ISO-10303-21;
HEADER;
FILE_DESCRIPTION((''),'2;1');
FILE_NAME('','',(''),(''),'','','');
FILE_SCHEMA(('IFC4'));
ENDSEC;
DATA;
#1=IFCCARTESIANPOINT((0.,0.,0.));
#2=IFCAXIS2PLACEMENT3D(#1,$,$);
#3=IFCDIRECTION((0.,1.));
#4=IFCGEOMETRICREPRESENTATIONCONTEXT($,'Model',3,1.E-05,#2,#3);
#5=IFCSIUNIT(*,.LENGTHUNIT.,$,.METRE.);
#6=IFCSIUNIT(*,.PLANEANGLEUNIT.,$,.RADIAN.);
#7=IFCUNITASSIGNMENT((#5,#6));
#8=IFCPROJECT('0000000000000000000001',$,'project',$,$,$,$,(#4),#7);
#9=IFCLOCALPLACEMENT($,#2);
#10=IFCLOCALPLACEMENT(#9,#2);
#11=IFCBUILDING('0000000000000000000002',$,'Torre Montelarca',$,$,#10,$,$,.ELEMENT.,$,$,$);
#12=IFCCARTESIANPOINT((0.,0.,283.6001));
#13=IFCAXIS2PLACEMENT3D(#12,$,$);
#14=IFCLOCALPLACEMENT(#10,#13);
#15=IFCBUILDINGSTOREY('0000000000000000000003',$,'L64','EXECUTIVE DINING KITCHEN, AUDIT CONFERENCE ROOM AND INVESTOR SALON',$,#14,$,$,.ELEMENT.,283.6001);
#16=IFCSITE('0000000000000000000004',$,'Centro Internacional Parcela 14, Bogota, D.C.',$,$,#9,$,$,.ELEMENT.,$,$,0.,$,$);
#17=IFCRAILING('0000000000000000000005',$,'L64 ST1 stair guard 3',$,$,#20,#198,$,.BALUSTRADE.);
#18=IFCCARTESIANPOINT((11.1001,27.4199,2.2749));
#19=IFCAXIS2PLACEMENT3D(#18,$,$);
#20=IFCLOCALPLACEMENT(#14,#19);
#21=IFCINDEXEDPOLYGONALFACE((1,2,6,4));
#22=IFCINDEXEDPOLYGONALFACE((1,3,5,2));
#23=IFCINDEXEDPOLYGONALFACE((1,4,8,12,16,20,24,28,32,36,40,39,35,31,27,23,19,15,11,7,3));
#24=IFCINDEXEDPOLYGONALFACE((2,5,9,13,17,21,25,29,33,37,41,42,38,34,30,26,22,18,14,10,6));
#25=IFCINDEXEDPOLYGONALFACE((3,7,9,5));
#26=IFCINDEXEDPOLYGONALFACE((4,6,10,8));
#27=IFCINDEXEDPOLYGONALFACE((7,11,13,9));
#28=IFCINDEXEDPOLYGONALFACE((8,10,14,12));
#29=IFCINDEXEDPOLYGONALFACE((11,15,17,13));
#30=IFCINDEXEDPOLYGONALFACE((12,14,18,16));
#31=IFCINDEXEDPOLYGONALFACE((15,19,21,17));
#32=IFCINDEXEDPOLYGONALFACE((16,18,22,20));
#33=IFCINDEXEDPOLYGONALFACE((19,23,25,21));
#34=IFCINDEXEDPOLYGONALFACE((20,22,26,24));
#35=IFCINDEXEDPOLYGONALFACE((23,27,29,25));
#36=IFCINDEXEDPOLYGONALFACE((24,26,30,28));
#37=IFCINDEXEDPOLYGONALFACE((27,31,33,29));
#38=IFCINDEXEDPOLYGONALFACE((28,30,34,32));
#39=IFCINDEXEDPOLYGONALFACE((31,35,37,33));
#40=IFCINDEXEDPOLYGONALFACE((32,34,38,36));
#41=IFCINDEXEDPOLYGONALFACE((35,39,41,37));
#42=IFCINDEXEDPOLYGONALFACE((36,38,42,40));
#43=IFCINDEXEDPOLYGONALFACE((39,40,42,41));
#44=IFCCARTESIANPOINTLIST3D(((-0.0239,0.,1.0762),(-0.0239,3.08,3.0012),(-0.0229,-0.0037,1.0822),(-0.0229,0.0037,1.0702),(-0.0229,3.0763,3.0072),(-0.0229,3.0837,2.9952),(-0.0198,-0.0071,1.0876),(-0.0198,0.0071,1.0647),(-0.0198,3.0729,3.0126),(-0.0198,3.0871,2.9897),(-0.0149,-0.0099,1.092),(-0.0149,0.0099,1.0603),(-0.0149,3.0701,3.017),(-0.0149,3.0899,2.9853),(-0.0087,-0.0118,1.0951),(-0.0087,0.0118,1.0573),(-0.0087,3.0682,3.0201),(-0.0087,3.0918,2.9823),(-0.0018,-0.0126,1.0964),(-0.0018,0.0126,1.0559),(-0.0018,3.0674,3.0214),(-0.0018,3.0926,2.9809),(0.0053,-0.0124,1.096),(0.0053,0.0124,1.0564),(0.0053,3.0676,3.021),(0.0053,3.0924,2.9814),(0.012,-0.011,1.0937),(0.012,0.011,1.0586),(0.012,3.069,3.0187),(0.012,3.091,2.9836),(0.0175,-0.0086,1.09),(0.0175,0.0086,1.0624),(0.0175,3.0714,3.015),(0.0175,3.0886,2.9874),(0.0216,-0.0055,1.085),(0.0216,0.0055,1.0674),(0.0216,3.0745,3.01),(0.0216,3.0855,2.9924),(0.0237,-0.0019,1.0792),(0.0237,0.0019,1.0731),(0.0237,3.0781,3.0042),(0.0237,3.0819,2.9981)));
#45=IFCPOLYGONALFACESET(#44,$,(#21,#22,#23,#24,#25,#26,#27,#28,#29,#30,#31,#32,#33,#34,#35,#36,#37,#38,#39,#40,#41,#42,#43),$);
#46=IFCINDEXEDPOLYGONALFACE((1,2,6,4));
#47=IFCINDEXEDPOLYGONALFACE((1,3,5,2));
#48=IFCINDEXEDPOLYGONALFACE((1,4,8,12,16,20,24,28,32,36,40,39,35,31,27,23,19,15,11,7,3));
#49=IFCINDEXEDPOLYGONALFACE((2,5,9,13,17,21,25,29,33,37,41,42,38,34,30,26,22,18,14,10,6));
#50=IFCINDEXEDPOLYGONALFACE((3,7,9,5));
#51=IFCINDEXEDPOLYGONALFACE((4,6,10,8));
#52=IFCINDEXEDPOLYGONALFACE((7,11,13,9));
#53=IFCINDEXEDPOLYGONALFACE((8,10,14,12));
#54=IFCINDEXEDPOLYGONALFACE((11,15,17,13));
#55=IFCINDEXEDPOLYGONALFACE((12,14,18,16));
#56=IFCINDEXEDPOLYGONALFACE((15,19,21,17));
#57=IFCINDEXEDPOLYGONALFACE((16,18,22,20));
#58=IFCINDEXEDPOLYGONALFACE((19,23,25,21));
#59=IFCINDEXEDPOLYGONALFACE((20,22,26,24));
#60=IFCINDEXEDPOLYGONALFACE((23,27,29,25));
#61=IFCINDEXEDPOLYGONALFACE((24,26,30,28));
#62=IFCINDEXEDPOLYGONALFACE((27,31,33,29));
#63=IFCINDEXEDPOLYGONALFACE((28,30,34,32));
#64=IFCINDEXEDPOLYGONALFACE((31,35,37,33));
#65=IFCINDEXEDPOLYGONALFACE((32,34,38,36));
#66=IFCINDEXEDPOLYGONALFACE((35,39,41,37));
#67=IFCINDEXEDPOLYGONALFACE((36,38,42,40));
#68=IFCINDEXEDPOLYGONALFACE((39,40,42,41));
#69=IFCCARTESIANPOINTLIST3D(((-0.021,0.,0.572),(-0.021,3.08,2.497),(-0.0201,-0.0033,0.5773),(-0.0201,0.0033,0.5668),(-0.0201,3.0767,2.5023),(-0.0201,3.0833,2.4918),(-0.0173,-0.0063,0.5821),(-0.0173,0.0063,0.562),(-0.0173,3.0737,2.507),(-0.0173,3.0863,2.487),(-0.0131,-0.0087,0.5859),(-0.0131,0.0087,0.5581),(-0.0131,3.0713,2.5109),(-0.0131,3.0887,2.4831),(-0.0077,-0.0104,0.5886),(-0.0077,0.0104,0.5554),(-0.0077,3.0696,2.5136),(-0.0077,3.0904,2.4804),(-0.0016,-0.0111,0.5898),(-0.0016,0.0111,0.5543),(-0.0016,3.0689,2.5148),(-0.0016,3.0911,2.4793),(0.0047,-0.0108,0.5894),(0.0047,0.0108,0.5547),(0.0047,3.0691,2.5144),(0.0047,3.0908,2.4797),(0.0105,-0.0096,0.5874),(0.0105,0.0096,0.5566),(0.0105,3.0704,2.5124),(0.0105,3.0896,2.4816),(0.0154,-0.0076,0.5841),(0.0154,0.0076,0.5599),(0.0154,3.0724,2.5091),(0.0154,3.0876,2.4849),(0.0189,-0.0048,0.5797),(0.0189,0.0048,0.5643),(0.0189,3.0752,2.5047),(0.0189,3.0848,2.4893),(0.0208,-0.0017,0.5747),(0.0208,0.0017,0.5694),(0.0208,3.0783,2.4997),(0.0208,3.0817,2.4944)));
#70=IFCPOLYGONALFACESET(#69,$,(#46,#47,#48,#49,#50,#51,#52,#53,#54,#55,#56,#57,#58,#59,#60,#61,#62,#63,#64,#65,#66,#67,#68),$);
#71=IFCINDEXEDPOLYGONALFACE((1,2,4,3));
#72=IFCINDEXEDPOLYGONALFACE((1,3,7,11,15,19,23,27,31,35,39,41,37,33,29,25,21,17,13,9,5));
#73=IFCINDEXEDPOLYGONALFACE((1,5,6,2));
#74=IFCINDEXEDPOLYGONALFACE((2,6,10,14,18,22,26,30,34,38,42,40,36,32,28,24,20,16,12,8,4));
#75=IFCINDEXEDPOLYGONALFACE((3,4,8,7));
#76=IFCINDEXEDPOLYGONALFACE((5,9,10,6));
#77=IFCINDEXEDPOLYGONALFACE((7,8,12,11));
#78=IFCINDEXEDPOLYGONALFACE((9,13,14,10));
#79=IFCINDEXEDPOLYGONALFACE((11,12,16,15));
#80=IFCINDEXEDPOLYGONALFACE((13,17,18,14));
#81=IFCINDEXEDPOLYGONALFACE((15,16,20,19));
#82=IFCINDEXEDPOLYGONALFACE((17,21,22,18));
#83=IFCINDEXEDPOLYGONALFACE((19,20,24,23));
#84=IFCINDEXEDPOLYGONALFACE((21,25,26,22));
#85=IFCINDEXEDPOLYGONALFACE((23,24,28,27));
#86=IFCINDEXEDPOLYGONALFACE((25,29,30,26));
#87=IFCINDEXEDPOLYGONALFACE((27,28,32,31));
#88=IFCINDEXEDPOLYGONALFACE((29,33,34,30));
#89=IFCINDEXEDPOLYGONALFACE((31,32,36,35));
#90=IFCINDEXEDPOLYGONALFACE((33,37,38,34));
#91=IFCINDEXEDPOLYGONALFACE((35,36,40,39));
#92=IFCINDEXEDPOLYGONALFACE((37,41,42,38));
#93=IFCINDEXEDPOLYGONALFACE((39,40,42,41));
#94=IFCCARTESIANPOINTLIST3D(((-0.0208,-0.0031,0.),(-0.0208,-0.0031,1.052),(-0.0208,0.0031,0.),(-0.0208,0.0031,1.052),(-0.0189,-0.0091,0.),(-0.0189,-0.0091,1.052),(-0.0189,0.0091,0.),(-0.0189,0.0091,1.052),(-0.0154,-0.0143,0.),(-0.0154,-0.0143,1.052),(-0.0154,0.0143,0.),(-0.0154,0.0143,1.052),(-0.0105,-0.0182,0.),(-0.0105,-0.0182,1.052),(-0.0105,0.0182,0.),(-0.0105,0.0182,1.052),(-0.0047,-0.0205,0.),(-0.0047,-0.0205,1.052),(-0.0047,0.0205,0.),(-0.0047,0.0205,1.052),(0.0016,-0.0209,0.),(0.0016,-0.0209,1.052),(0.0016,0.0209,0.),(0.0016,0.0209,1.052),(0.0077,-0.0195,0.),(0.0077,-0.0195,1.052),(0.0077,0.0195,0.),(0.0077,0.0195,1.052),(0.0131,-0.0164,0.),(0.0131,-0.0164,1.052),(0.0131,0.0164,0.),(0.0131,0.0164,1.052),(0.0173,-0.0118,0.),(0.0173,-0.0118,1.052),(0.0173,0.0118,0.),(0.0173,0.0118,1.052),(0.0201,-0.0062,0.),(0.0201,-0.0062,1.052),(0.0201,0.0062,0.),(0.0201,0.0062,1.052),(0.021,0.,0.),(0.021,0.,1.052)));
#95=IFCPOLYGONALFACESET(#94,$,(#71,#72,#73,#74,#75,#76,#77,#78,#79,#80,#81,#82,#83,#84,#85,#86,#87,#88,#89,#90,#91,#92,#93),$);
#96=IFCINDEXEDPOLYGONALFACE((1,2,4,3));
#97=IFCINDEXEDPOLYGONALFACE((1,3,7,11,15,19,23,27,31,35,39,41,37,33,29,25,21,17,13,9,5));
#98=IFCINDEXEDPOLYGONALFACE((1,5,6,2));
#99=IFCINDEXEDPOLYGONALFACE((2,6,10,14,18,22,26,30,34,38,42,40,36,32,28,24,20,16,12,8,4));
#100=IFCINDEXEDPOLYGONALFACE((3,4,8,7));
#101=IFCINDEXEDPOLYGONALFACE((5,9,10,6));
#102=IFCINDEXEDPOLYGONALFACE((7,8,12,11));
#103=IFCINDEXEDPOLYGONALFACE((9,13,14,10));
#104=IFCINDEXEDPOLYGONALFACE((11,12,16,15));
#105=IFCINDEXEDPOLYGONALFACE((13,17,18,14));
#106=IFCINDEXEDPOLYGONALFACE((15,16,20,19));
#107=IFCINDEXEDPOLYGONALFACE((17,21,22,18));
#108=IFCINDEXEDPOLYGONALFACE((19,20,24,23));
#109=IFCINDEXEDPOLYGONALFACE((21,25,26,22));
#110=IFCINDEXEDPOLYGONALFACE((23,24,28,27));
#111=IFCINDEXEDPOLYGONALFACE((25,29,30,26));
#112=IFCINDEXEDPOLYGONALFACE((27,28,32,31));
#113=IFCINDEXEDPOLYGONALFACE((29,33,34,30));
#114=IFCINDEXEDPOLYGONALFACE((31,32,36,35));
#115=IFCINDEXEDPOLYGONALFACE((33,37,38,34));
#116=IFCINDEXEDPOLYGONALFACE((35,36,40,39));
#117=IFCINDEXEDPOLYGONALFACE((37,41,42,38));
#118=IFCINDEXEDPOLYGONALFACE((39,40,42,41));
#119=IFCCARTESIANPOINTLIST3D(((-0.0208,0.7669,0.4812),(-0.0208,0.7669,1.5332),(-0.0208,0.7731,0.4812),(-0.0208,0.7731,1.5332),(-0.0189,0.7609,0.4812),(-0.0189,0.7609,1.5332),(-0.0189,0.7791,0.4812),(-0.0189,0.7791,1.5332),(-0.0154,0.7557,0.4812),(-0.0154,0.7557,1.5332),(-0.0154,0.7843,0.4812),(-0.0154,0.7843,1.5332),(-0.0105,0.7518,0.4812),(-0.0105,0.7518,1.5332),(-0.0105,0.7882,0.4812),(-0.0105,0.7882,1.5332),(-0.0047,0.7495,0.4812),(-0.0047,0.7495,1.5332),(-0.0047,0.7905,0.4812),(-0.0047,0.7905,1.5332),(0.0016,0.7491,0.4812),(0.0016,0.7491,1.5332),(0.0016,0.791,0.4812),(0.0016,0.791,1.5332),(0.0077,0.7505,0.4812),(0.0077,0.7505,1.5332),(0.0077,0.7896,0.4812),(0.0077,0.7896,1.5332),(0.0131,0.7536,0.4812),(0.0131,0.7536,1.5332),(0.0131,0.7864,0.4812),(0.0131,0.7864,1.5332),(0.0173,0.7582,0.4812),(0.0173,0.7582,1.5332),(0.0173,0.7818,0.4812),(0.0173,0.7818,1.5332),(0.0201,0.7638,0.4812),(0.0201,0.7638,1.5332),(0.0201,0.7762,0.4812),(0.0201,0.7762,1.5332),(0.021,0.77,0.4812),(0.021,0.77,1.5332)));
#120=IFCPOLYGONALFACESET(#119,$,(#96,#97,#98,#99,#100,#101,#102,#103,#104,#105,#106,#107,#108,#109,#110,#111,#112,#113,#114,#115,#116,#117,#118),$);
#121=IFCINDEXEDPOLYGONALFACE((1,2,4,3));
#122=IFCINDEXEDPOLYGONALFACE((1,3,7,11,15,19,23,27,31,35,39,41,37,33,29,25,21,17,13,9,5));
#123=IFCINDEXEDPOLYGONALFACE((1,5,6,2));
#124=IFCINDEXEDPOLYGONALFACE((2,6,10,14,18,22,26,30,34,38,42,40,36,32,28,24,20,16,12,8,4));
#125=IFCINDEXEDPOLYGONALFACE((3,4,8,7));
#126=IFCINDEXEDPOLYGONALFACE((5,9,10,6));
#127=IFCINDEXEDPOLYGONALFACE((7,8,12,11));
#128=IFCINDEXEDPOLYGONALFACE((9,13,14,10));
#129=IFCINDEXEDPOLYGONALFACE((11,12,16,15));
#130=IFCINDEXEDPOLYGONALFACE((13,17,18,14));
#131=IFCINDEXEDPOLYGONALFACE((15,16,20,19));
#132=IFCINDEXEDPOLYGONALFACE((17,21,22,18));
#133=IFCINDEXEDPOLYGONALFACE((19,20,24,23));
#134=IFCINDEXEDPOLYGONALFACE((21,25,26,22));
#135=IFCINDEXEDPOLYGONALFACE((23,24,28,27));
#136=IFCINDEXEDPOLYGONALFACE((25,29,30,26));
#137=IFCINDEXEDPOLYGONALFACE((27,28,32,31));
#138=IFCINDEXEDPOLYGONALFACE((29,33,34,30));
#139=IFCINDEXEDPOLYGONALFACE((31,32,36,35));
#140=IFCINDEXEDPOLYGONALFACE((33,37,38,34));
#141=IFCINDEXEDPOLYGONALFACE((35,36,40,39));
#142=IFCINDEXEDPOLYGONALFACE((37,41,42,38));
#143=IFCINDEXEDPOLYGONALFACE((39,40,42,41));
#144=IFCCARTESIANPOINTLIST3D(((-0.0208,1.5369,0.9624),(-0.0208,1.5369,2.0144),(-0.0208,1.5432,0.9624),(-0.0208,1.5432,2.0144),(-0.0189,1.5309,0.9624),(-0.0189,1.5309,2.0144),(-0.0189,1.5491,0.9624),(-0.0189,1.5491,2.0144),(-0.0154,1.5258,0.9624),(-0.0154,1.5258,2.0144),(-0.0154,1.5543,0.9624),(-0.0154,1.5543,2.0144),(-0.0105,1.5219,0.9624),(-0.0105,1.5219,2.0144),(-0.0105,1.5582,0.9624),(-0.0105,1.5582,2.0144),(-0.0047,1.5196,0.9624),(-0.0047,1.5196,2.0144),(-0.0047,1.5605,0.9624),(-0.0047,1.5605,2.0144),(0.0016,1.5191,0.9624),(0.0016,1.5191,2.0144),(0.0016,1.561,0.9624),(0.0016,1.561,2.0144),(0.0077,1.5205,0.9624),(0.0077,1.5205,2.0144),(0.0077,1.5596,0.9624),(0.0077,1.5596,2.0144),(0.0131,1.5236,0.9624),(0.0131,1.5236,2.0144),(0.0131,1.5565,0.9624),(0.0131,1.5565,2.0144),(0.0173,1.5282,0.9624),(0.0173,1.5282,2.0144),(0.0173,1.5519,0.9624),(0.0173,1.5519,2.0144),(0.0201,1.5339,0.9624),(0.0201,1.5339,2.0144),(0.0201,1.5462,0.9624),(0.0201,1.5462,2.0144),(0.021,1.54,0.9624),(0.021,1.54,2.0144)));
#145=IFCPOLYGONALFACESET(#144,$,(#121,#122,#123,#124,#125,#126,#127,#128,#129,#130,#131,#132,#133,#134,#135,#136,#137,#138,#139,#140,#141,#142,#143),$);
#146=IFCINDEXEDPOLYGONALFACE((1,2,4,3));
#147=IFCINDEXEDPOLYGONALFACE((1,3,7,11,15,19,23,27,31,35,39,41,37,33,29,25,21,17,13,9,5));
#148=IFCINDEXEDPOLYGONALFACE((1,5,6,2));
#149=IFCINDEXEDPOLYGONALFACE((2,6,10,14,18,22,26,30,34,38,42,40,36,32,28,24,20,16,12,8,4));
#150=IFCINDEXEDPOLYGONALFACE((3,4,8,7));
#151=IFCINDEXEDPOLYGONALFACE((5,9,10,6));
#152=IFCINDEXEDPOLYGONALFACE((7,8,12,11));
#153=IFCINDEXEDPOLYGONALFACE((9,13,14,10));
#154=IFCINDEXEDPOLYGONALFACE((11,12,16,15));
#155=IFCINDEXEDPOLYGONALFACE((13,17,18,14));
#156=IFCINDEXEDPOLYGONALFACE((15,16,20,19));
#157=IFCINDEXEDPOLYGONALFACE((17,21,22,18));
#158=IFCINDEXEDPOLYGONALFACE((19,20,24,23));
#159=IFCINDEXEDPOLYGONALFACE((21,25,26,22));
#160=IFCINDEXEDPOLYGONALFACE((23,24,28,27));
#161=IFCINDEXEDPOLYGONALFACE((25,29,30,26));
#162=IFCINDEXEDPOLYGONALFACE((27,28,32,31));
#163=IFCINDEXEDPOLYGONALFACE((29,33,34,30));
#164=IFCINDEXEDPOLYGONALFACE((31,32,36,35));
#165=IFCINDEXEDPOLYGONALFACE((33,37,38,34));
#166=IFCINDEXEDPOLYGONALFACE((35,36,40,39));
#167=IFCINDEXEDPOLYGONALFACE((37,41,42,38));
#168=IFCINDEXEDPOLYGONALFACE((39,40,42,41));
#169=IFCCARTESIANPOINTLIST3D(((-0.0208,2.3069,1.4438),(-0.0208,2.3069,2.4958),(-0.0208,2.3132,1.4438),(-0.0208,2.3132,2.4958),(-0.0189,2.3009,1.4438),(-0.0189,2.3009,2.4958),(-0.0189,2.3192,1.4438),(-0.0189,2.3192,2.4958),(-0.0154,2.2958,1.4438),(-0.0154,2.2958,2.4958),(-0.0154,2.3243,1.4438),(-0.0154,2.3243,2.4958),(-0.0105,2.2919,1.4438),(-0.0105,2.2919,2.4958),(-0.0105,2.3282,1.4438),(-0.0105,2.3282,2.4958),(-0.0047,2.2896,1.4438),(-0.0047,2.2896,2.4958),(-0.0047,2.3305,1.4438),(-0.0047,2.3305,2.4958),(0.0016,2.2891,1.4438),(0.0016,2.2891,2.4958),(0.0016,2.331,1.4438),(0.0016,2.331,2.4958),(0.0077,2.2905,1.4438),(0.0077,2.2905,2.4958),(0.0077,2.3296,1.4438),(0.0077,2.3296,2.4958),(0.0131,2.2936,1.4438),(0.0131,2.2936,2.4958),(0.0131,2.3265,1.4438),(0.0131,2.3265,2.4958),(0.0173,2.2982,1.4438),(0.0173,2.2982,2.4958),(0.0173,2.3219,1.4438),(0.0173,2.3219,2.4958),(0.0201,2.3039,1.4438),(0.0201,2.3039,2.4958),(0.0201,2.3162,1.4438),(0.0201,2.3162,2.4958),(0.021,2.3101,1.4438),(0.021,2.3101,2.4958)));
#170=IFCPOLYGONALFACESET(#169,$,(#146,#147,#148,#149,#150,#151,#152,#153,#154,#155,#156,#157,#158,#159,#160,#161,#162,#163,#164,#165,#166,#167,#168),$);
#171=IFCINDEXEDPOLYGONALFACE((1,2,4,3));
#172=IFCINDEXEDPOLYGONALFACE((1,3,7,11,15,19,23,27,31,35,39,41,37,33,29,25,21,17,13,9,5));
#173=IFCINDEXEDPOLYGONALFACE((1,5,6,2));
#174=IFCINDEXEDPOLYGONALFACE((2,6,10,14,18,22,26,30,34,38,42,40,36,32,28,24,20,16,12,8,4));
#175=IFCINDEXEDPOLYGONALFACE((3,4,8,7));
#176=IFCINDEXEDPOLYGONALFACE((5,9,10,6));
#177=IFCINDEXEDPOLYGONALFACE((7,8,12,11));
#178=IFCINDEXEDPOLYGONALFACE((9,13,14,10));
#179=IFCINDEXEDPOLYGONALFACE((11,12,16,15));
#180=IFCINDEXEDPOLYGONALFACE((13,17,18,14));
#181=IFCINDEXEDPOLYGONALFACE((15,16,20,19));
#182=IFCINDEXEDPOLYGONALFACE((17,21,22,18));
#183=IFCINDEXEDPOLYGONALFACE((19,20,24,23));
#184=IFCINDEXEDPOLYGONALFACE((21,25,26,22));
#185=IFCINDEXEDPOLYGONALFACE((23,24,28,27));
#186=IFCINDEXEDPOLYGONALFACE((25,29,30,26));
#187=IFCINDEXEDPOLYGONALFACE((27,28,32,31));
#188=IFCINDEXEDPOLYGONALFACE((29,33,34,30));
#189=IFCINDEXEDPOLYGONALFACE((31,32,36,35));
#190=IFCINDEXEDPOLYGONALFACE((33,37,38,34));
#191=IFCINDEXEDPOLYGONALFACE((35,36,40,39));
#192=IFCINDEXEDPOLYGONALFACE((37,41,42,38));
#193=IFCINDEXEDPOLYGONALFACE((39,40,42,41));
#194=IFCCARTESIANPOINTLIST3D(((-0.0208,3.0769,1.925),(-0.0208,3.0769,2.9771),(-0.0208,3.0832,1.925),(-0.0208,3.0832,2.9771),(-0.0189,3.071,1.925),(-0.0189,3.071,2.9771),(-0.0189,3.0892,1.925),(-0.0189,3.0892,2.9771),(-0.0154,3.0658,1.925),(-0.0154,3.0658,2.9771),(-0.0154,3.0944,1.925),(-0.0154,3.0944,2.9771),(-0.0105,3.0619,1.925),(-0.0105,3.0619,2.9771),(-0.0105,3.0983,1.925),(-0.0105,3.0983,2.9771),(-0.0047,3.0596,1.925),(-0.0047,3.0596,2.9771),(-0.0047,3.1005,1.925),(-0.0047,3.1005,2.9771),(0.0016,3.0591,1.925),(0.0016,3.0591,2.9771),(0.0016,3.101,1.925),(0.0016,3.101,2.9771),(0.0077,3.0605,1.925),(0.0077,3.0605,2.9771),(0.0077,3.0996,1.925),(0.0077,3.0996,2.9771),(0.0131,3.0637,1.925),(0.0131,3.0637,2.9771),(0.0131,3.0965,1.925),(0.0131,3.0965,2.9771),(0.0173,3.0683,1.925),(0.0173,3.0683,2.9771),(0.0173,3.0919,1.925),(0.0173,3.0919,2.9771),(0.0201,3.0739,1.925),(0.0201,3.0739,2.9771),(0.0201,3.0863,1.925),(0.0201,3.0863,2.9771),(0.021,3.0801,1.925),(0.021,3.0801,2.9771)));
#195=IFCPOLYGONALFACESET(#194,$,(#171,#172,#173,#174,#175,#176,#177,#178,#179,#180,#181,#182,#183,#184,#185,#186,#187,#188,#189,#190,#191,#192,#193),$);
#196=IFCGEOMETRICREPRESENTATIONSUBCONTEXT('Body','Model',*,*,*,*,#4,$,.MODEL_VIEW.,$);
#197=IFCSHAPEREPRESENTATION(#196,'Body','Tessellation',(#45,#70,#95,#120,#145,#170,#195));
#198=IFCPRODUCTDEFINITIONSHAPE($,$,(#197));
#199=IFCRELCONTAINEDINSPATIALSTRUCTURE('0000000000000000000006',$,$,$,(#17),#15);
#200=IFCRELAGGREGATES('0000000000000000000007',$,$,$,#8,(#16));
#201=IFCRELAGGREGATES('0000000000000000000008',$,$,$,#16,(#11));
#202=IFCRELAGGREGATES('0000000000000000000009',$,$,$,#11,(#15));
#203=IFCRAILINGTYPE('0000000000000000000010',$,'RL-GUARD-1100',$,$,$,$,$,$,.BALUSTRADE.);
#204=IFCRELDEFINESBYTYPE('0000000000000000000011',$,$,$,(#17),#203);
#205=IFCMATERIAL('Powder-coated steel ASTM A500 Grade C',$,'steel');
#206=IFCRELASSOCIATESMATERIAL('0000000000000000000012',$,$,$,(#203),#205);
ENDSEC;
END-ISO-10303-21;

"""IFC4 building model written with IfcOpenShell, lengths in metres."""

from ifc_helpers import new_model, si_unit, direction, frame, origin, origin_2d, place, context, subcontext, project, spatial, circle, extrude, material, type_object, element, save


model = new_model("IFC4")

# Units and contexts
model_context = context("Model", 3, precision=1e-05, world=origin(), true_north=direction((0.0, 1.0)))
body_context = subcontext(model_context, "Body", "Model", "MODEL_VIEW")
ifc_project = project(units=[si_unit("LENGTHUNIT", "METRE"), si_unit("PLANEANGLEUNIT", "RADIAN")], contexts=[model_context])

# Site, building, storey
site_placement = place(None, origin())
site = spatial("IfcSite", under=ifc_project, at=site_placement, Name="Centro Internacional Parcela 14, Bogota, D.C.", CompositionType="ELEMENT", RefElevation=0.0)
building_placement = place(site_placement, origin())
building = spatial("IfcBuilding", under=site, at=building_placement, Name="Torre Montelarca", CompositionType="ELEMENT")
storey_placement = place(building_placement, frame((0.0, 0.0, 283.6001)))
storey = spatial("IfcBuildingStorey", under=building, at=storey_placement, Name="L64", Description="EXECUTIVE DINING KITCHEN, AUDIT CONFERENCE ROOM AND INVESTOR SALON", CompositionType="ELEMENT", Elevation=283.6001)

# Railing
ifc_material_1 = material(Name="Powder-coated steel ASTM A500 Grade C", Category="steel")
railing_type_1 = type_object("IfcRailingType", Name="RL-GUARD-1100", PredefinedType="BALUSTRADE", material=ifc_material_1)
railing_1_placement = place(storey_placement, frame((11.1001, 27.4199, 2.2749)))
element("IfcRailing", 1, at=railing_1_placement, inside=storey, type_object=railing_type_1, Name="L64 ST1 stair guard 3", PredefinedType="BALUSTRADE", context=body_context, shape_type="SweptSolid", body=[
    extrude(circle(Radius=0.0239, at=origin_2d()), frame((0.0, 0.0, 1.0762), z_axis=(0.0, 0.847998, 0.529999), x_axis=(-1.0, 0.0, 0.0)), (0.0, 0.0, 1.0), 3.6321),
    extrude(circle(Radius=0.021, at=origin_2d()), frame((0.0, 0.0, 0.572), z_axis=(0.0, 0.847998, 0.529999), x_axis=(-1.0, 0.0, 0.0)), (0.0, 0.0, 1.0), 3.6321),
    extrude(circle(Radius=0.021, at=origin_2d()), origin(), (0.0, 0.0, 1.0), 1.052),
    extrude(circle(Radius=0.021, at=origin_2d()), frame((0.0, 0.77, 0.4812)), (0.0, 0.0, 1.0), 1.052),
    extrude(circle(Radius=0.021, at=origin_2d()), frame((0.0, 1.54, 0.9624)), (0.0, 0.0, 1.0), 1.052),
    extrude(circle(Radius=0.021, at=origin_2d()), frame((0.0, 2.3101, 1.4438)), (0.0, 0.0, 1.0), 1.052),
    extrude(circle(Radius=0.021, at=origin_2d()), frame((0.0, 3.0801, 1.925)), (0.0, 0.0, 1.0), 1.052),
])

save(model, "model.ifc")
